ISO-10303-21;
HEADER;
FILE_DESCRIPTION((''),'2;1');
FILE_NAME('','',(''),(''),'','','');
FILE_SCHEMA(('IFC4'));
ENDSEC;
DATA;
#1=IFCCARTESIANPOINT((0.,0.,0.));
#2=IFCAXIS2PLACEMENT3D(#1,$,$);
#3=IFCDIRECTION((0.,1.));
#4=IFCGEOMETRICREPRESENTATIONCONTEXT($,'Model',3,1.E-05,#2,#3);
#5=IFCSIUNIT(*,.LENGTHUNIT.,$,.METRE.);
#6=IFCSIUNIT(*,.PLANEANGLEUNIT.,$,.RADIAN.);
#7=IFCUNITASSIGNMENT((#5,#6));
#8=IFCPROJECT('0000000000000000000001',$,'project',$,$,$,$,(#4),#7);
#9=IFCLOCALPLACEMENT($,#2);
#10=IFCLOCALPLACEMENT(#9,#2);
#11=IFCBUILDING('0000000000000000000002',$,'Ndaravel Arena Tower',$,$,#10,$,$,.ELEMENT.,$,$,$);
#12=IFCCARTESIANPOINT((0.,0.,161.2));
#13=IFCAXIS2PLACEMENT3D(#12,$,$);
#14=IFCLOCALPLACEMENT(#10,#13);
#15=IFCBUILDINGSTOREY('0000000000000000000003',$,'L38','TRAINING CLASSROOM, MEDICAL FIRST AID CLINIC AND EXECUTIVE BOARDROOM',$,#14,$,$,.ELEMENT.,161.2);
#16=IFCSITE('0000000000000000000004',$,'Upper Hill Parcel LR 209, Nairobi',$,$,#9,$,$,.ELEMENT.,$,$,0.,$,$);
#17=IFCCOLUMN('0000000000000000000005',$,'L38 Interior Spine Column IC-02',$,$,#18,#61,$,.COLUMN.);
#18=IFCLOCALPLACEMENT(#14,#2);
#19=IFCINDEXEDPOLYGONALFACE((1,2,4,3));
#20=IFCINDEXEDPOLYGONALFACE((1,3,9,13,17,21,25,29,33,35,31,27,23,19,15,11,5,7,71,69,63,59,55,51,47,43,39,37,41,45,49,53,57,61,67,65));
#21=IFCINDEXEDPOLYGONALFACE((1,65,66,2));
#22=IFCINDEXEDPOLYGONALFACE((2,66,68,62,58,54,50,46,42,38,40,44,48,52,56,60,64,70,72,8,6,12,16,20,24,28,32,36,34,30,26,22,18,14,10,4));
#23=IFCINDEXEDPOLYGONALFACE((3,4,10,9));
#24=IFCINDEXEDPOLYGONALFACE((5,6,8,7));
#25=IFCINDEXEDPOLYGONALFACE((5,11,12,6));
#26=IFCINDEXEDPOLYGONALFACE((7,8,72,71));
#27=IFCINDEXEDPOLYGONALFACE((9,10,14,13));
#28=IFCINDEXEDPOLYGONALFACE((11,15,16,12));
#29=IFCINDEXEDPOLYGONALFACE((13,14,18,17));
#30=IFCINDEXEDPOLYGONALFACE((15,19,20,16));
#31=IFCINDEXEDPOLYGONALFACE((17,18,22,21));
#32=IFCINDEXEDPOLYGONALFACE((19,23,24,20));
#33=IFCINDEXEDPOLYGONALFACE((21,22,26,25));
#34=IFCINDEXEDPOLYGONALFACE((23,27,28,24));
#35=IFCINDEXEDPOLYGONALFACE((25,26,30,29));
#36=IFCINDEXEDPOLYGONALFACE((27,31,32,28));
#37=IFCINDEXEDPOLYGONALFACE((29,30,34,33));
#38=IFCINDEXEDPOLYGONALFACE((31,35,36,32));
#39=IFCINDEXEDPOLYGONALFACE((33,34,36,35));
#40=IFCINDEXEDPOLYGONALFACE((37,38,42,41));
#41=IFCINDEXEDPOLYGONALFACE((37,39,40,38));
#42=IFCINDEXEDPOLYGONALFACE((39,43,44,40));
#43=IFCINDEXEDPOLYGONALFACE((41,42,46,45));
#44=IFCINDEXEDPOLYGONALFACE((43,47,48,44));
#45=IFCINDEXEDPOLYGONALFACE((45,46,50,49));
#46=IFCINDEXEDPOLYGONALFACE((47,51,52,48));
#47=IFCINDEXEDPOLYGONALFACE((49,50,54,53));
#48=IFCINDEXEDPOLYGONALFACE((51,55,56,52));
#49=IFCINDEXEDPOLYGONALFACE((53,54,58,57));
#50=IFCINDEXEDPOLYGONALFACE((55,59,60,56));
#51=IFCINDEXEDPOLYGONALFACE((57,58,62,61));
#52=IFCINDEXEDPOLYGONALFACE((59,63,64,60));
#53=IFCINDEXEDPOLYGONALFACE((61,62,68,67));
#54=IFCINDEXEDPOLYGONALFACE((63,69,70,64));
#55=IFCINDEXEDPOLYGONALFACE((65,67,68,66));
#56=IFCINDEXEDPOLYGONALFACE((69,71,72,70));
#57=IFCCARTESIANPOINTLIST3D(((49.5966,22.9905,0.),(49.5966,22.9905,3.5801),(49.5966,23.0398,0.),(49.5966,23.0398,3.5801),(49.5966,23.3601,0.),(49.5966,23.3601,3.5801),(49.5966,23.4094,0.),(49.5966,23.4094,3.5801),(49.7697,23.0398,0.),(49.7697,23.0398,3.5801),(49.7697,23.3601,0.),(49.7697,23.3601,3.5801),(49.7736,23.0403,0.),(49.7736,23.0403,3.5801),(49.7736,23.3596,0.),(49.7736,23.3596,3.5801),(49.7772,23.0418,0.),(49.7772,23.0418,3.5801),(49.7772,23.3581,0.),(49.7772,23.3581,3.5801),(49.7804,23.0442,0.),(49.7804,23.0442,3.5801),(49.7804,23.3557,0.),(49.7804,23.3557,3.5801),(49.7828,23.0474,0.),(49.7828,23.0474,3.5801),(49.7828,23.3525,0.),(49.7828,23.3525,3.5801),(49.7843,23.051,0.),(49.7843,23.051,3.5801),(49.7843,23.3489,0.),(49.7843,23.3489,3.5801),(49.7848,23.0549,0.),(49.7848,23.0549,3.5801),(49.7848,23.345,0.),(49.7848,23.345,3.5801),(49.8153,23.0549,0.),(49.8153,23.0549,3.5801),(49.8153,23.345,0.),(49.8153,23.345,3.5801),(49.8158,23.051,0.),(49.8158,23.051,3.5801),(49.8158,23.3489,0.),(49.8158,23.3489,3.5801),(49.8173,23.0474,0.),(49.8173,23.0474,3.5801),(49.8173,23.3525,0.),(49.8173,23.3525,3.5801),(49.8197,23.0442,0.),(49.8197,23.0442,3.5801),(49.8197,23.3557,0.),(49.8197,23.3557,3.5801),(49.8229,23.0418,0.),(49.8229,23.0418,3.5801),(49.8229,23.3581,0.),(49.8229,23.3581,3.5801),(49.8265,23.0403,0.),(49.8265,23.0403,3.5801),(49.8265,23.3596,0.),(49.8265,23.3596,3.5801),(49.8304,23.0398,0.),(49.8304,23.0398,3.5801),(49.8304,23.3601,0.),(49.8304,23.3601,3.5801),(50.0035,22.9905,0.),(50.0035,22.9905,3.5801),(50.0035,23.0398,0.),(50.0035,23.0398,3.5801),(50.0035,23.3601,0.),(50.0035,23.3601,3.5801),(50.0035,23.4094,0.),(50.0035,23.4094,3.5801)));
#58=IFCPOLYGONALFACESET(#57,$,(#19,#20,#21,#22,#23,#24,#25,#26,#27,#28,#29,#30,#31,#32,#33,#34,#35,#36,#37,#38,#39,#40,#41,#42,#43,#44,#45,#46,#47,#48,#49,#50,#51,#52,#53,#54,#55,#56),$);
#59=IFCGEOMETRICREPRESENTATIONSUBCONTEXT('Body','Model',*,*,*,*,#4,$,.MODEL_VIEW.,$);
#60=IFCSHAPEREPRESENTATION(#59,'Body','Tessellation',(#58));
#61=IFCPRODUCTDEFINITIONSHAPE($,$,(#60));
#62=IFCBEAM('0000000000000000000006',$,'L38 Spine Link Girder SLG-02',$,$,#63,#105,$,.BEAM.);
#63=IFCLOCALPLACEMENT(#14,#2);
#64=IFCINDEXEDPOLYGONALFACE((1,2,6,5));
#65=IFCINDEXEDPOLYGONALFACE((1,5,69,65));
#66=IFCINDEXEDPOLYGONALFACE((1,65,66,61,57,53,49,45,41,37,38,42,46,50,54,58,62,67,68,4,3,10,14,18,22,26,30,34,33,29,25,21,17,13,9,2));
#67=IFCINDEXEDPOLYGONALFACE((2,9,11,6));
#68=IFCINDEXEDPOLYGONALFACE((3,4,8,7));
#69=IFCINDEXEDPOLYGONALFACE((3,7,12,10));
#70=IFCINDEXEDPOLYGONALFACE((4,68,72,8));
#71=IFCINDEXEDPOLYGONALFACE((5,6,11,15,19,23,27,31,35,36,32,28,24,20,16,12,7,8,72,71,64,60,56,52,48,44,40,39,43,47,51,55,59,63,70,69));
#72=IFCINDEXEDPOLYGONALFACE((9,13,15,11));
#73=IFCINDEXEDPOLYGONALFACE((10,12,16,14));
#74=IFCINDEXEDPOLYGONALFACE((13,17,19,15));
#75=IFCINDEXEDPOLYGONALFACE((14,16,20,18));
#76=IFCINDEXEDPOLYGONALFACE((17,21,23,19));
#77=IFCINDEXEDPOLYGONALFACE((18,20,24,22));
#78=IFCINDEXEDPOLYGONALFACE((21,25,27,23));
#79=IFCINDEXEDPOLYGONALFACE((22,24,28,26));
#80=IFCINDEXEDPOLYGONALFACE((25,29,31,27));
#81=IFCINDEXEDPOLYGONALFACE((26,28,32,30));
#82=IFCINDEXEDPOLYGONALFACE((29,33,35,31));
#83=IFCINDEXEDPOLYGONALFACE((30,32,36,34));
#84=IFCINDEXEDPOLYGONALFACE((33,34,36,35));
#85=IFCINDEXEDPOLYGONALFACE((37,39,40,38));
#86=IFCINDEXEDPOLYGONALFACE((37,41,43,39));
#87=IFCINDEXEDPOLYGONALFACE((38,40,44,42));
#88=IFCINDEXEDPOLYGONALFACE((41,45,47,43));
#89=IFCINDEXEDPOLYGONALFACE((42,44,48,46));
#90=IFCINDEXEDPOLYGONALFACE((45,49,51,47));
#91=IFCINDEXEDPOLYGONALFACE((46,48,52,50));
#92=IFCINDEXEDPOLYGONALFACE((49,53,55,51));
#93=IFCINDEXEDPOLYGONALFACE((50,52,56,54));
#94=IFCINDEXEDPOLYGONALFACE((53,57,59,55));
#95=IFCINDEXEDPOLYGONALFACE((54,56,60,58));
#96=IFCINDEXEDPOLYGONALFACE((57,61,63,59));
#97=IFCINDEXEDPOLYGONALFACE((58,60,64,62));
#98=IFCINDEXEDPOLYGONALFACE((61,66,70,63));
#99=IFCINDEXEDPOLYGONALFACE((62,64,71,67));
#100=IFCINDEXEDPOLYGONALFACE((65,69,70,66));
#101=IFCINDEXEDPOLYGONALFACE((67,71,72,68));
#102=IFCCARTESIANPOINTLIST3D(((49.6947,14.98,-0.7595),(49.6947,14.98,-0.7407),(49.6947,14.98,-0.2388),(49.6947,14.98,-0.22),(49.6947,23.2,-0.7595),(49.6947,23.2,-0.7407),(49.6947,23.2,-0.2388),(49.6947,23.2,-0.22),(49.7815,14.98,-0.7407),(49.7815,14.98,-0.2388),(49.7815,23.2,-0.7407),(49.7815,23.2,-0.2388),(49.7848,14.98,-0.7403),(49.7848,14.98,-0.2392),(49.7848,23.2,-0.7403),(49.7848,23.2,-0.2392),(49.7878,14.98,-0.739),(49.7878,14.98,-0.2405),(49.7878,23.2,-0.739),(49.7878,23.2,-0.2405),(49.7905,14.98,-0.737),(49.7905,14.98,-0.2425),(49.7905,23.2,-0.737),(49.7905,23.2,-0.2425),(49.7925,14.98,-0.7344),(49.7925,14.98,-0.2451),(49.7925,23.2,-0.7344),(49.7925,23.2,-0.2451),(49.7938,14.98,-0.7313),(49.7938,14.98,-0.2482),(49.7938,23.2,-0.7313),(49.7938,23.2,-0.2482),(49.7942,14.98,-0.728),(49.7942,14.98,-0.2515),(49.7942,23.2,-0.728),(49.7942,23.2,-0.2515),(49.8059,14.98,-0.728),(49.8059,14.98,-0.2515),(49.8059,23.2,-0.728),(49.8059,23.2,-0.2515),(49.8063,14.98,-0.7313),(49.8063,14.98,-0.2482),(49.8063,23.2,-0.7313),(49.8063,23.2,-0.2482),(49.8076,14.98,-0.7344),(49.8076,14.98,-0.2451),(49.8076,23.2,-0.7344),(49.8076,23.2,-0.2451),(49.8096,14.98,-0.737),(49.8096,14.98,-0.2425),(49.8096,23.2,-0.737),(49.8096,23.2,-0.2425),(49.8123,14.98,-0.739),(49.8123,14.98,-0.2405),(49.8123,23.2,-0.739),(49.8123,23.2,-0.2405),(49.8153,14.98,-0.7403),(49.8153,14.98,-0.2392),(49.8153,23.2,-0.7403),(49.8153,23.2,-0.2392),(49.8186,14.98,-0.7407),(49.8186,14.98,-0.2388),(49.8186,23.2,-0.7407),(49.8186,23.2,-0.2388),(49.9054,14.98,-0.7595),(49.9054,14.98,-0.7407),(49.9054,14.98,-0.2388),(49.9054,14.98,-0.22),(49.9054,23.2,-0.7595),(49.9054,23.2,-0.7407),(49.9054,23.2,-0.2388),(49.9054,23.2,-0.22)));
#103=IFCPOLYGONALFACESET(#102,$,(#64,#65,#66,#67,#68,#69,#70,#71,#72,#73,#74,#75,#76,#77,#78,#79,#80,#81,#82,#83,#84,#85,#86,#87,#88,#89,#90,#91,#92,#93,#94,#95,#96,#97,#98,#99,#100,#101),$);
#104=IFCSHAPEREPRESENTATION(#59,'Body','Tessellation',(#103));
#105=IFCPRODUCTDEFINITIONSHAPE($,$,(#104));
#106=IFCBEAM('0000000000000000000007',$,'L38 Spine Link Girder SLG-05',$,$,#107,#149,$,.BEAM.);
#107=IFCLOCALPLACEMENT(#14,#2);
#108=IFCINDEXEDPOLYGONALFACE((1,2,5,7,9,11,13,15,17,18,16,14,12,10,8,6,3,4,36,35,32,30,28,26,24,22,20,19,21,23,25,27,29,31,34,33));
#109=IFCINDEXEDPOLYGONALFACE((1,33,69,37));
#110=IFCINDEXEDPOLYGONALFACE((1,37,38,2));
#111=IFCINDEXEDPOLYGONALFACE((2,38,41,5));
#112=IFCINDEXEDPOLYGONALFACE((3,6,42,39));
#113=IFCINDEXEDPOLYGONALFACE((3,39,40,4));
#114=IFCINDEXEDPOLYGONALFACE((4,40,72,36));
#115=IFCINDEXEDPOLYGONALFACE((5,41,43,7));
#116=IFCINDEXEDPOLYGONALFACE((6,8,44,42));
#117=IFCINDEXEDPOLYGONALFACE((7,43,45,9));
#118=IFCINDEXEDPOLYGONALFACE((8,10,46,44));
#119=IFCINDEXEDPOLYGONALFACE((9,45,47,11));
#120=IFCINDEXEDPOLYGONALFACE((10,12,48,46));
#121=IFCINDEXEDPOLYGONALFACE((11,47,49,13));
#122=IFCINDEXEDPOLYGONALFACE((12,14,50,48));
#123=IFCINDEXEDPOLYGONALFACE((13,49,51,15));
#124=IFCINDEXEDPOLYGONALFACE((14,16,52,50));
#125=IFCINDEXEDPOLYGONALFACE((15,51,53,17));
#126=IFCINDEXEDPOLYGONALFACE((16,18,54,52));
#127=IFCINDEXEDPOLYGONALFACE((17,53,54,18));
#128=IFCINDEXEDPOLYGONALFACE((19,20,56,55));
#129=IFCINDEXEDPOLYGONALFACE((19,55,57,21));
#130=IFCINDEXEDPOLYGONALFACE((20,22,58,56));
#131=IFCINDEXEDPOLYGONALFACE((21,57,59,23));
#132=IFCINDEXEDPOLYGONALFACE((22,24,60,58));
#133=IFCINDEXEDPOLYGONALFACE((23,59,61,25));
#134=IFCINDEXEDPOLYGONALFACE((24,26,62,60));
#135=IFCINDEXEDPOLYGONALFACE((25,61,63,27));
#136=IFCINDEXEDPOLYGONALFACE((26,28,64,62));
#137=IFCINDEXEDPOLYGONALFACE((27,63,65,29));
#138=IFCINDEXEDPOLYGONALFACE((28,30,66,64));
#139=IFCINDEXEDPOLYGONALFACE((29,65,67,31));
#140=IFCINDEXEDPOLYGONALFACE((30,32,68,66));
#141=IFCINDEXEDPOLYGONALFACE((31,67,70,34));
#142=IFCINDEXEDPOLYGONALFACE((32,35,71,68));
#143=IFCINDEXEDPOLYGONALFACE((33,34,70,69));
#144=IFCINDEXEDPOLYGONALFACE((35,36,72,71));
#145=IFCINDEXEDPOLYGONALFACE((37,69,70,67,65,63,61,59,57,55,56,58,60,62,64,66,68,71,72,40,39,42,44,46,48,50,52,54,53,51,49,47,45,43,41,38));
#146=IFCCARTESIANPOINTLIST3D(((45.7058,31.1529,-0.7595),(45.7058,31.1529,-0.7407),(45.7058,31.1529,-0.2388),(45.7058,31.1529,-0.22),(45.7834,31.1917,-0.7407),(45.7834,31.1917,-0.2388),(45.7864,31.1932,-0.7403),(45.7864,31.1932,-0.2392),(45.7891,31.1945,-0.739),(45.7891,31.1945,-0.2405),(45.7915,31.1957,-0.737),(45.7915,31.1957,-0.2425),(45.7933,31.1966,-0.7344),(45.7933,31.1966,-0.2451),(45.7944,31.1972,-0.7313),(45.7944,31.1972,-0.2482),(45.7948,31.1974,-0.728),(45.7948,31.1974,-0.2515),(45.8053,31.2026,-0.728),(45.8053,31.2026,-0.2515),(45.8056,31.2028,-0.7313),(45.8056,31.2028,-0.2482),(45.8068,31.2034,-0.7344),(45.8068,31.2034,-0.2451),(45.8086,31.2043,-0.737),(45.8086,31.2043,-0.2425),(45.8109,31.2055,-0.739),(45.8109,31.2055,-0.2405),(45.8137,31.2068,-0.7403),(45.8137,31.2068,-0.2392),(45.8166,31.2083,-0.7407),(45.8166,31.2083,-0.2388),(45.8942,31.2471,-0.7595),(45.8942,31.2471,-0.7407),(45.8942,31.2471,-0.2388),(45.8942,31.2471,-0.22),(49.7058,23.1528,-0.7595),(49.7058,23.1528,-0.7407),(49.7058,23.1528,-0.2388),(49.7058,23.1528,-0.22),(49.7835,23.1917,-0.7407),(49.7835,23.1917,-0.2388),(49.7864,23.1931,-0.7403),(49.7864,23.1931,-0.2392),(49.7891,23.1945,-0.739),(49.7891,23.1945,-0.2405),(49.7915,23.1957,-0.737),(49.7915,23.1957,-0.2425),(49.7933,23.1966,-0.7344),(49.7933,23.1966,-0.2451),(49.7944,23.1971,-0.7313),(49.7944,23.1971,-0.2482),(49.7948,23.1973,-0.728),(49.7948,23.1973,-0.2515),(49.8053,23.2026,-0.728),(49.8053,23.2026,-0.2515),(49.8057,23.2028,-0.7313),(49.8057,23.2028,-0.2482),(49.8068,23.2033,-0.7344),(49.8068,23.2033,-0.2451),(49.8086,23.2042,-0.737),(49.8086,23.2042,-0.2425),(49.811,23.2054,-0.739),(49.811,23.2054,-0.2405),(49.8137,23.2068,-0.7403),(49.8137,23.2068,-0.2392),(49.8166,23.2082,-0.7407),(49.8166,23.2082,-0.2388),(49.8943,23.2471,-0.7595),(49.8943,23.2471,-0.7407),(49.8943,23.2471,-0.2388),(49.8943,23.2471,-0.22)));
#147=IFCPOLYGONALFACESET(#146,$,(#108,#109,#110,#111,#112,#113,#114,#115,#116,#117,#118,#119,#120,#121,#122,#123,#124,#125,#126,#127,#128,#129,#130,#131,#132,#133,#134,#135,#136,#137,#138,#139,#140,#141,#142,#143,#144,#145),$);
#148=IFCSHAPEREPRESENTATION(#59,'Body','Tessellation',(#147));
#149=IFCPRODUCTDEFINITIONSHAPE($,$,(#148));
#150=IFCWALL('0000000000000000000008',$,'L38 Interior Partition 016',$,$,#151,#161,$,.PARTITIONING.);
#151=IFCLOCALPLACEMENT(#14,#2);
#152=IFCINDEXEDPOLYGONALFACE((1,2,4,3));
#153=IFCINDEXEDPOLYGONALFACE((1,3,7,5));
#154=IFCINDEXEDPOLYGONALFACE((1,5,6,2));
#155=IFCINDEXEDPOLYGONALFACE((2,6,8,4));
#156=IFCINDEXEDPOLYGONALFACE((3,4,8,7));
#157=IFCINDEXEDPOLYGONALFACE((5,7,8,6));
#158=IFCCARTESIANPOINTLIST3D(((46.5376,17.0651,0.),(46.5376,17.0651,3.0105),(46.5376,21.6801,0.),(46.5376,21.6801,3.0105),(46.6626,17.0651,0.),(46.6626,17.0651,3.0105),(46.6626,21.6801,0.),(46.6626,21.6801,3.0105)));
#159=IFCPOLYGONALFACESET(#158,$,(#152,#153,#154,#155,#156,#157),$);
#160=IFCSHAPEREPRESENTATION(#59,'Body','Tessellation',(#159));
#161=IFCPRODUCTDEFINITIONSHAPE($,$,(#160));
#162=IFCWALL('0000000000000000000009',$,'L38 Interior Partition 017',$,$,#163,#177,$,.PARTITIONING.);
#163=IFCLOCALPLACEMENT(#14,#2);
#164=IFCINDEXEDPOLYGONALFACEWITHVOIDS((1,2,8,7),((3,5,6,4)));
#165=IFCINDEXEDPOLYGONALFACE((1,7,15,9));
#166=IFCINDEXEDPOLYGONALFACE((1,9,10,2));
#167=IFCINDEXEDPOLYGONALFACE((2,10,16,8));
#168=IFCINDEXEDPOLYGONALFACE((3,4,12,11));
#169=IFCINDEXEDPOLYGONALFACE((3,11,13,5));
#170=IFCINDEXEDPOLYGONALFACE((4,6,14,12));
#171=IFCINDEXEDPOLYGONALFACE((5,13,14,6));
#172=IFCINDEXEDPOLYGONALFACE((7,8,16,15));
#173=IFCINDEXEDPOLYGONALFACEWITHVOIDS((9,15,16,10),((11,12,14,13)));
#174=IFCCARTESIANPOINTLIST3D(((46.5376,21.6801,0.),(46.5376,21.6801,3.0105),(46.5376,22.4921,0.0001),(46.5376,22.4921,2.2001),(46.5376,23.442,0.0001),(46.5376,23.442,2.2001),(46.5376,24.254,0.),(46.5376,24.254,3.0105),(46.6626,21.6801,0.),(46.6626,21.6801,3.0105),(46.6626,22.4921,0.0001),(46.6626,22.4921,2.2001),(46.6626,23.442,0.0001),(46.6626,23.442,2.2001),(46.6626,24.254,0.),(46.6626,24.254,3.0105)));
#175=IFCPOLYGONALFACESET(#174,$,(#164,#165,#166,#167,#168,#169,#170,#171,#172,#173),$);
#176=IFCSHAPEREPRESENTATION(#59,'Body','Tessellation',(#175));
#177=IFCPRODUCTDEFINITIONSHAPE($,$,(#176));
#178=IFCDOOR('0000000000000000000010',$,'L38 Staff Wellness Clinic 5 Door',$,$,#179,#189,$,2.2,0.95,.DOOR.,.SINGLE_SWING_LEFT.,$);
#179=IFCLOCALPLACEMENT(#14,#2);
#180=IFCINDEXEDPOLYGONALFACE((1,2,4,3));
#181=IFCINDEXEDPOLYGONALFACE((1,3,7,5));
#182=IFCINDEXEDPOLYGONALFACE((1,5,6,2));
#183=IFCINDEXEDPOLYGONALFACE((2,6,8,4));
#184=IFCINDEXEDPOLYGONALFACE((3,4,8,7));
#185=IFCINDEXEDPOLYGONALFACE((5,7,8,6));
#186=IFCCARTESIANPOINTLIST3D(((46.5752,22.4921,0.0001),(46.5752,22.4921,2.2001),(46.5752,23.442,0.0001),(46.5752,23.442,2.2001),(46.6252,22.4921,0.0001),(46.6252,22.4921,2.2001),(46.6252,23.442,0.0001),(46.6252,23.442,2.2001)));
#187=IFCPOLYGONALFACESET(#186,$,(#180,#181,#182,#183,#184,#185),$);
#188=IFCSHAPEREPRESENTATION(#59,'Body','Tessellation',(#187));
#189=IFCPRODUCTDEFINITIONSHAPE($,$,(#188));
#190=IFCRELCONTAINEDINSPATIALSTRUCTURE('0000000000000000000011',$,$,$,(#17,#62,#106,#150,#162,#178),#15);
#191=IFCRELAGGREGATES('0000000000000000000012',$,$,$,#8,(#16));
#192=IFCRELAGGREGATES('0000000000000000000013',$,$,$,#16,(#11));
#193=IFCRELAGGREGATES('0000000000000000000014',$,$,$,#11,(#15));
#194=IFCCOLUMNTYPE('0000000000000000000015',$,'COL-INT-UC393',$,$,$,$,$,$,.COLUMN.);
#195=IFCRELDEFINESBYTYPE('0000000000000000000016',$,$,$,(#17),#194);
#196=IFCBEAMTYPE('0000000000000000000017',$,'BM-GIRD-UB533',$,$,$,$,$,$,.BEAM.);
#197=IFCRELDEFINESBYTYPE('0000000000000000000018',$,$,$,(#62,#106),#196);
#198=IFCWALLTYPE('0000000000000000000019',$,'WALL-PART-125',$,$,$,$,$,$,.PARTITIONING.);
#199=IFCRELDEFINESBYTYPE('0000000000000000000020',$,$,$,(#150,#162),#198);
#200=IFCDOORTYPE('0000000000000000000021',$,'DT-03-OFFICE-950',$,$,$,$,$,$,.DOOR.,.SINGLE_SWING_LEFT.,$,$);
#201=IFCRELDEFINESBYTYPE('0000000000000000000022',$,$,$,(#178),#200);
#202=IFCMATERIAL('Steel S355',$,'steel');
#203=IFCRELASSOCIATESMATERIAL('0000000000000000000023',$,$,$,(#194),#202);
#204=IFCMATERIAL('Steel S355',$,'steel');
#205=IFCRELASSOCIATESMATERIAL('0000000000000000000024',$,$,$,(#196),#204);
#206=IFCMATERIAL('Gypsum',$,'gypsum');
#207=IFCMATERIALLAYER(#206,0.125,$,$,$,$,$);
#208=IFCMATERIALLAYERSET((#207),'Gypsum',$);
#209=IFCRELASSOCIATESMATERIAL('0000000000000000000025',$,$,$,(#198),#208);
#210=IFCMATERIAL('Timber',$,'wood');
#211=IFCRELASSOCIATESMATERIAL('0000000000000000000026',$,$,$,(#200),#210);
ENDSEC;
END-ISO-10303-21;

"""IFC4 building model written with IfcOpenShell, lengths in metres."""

from ifc_helpers import new_model, si_unit, direction, frame, frame_2d, origin, origin_2d, place, context, subcontext, project, spatial, rectangle, i_section, extrude, material, layer, layer_set, material_profile, profile_set, type_object, element, fill, save


model = new_model("IFC4")

# Units and contexts
model_context = context("Model", 3, precision=1e-05, world=origin(), true_north=direction((0.0, 1.0)))
body_context = subcontext(model_context, "Body", "Model", "MODEL_VIEW")
ifc_project = project(units=[si_unit("LENGTHUNIT", "METRE"), si_unit("PLANEANGLEUNIT", "RADIAN")], contexts=[model_context])

# Site, building, storey
site_placement = place(None, origin())
site = spatial("IfcSite", under=ifc_project, at=site_placement, Name="Upper Hill Parcel LR 209, Nairobi", CompositionType="ELEMENT", RefElevation=0.0)
building_placement = place(site_placement, origin())
building = spatial("IfcBuilding", under=site, at=building_placement, Name="Ndaravel Arena Tower", CompositionType="ELEMENT")
storey_placement = place(building_placement, frame((0.0, 0.0, 161.2)))
storey = spatial("IfcBuildingStorey", under=building, at=storey_placement, Name="L38", Description="TRAINING CLASSROOM, MEDICAL FIRST AID CLINIC AND EXECUTIVE BOARDROOM", CompositionType="ELEMENT", Elevation=161.2)

# Column
ifc_material_1 = material(Name="Steel S355", Category="steel")
ifc_material_profile_1 = material_profile(ifc_material_1, i_section(OverallWidth=0.407, OverallDepth=0.4189, WebThickness=0.0305, FlangeThickness=0.0493, FilletRadius=0.0151, at=origin_2d()), Name="UC 356x406x393")
ifc_profile_set_1 = profile_set([ifc_material_profile_1], Name="Steel S355")
column_type = type_object("IfcColumnType", Name="COL-INT-UC393", PredefinedType="COLUMN", material=ifc_profile_set_1)
column_placement = place(storey_placement, frame((49.8, 23.2, 0.0), z_axis=(0.0, 0.0, 1.0), x_axis=(1.0, 0.0, 0.0)))
element("IfcColumn", 1, at=column_placement, inside=storey, type_object=column_type, Name="L38 Interior Spine Column IC-02", PredefinedType="COLUMN", context=body_context, shape_type="SweptSolid", body=[
    extrude(i_section(OverallWidth=0.407, OverallDepth=0.4189, WebThickness=0.0305, FlangeThickness=0.0493, FilletRadius=0.0151, at=origin_2d()), origin(), (0.0, 0.0, 1.0), 3.5801),
])

# Beams
ifc_material_2 = material(Name="Steel S355", Category="steel")
ifc_material_profile_2 = material_profile(ifc_material_2, i_section(OverallWidth=0.2107, OverallDepth=0.5396, WebThickness=0.0117, FlangeThickness=0.0188, FilletRadius=0.0127, at=origin_2d()), Name="UB 533x210x109")
ifc_profile_set_2 = profile_set([ifc_material_profile_2], Name="Steel S355")
beam_type = type_object("IfcBeamType", Name="BM-GIRD-UB533", PredefinedType="BEAM", material=ifc_profile_set_2)
beam_1_placement = place(storey_placement, frame((49.8, 14.98, -0.4897), z_axis=(0.0, 1.0, 0.0), x_axis=(-1.0, 0.0, 0.0)))
element("IfcBeam", 2, at=beam_1_placement, inside=storey, type_object=beam_type, Name="L38 Spine Link Girder SLG-02", PredefinedType="BEAM", context=body_context, shape_type="SweptSolid", body=[
    extrude(i_section(OverallWidth=0.2107, OverallDepth=0.5396, WebThickness=0.0117, FlangeThickness=0.0188, FilletRadius=0.0127, at=origin_2d()), origin(), (0.0, 0.0, 1.0), 8.22),
])
beam_2_placement = place(storey_placement, frame((49.8, 23.2, -0.4897), z_axis=(-0.447214, 0.894427, 0.0), x_axis=(-0.894427, -0.447214, 0.0)))
element("IfcBeam", 3, at=beam_2_placement, inside=storey, type_object=beam_type, Name="L38 Spine Link Girder SLG-05", PredefinedType="BEAM", context=body_context, shape_type="SweptSolid", body=[
    extrude(i_section(OverallWidth=0.2107, OverallDepth=0.5396, WebThickness=0.0117, FlangeThickness=0.0188, FilletRadius=0.0127, at=origin_2d()), origin(), (0.0, 0.0, 1.0), 8.9443),
])

# Wall
ifc_material_3 = material(Name="Gypsum", Category="gypsum")
ifc_layer_1 = layer(ifc_material_3, 0.125)
ifc_layer_set_1 = layer_set([ifc_layer_1], Name="Gypsum")
wall_type_1 = type_object("IfcWallType", Name="WALL-PART-125", PredefinedType="PARTITIONING", material=ifc_layer_set_1)
wall_1_placement = place(storey_placement, frame((46.6001, 17.0649, 0.0), z_axis=(0.0, 0.0, 1.0), x_axis=(0.0, 1.0, 0.0)))
element("IfcWall", 4, at=wall_1_placement, inside=storey, type_object=wall_type_1, Name="L38 Interior Partition 016", PredefinedType="PARTITIONING", context=body_context, shape_type="SweptSolid", body=[
    extrude(rectangle(XDim=4.615, YDim=0.125, at=frame_2d((2.3076, 0.0))), origin(), (0.0, 0.0, 1.0), 3.0105),
])

# Wall, opening, door
wall_2_placement = place(storey_placement, frame((46.6001, 21.6799, 0.0), z_axis=(0.0, 0.0, 1.0), x_axis=(0.0, 1.0, 0.0)))
wall_2 = element("IfcWall", 5, at=wall_2_placement, inside=storey, type_object=wall_type_1, Name="L38 Interior Partition 017", PredefinedType="PARTITIONING", context=body_context, shape_type="SweptSolid", body=[
    extrude(rectangle(XDim=2.574, YDim=0.125, at=frame_2d((1.2871, 0.0))), origin(), (0.0, 0.0, 1.0), 3.0105),
])
opening_1_placement = place(wall_2_placement, frame((0.812, 0.0, 0.0)))
opening_1 = element("IfcOpeningElement", 6, at=opening_1_placement, cuts=wall_2, PredefinedType="OPENING", context=body_context, shape_type="SweptSolid", body=[
    extrude(rectangle(XDim=0.95, YDim=2.2, at=frame_2d((0.4751, 1.1001))), frame((0.0, 0.0625, 0.0), z_axis=(0.0, -1.0, 0.0), x_axis=(1.0, 0.0, 0.0)), (0.0, 0.0, 1.0), 0.125),
])
ifc_material_4 = material(Name="Timber", Category="wood")
door_type = type_object("IfcDoorType", Name="DT-03-OFFICE-950", OperationType="SINGLE_SWING_LEFT", PredefinedType="DOOR", material=ifc_material_4)
door_1_placement = place(opening_1_placement, origin())
door_1 = element("IfcDoor", 7, at=door_1_placement, inside=storey, type_object=door_type, Name="L38 Staff Wellness Clinic 5 Door", OperationType="SINGLE_SWING_LEFT", OverallHeight=2.2, OverallWidth=0.95, PredefinedType="DOOR", context=body_context, shape_type="SweptSolid", body=[
    extrude(rectangle(XDim=0.95, YDim=2.2, at=frame_2d((0.4751, 1.1001))), frame((0.0, 0.0249, 0.0), z_axis=(0.0, -1.0, 0.0), x_axis=(1.0, 0.0, 0.0)), (0.0, 0.0, 1.0), 0.05),
])
fill(opening_1, door_1)

save(model, "model.ifc")
